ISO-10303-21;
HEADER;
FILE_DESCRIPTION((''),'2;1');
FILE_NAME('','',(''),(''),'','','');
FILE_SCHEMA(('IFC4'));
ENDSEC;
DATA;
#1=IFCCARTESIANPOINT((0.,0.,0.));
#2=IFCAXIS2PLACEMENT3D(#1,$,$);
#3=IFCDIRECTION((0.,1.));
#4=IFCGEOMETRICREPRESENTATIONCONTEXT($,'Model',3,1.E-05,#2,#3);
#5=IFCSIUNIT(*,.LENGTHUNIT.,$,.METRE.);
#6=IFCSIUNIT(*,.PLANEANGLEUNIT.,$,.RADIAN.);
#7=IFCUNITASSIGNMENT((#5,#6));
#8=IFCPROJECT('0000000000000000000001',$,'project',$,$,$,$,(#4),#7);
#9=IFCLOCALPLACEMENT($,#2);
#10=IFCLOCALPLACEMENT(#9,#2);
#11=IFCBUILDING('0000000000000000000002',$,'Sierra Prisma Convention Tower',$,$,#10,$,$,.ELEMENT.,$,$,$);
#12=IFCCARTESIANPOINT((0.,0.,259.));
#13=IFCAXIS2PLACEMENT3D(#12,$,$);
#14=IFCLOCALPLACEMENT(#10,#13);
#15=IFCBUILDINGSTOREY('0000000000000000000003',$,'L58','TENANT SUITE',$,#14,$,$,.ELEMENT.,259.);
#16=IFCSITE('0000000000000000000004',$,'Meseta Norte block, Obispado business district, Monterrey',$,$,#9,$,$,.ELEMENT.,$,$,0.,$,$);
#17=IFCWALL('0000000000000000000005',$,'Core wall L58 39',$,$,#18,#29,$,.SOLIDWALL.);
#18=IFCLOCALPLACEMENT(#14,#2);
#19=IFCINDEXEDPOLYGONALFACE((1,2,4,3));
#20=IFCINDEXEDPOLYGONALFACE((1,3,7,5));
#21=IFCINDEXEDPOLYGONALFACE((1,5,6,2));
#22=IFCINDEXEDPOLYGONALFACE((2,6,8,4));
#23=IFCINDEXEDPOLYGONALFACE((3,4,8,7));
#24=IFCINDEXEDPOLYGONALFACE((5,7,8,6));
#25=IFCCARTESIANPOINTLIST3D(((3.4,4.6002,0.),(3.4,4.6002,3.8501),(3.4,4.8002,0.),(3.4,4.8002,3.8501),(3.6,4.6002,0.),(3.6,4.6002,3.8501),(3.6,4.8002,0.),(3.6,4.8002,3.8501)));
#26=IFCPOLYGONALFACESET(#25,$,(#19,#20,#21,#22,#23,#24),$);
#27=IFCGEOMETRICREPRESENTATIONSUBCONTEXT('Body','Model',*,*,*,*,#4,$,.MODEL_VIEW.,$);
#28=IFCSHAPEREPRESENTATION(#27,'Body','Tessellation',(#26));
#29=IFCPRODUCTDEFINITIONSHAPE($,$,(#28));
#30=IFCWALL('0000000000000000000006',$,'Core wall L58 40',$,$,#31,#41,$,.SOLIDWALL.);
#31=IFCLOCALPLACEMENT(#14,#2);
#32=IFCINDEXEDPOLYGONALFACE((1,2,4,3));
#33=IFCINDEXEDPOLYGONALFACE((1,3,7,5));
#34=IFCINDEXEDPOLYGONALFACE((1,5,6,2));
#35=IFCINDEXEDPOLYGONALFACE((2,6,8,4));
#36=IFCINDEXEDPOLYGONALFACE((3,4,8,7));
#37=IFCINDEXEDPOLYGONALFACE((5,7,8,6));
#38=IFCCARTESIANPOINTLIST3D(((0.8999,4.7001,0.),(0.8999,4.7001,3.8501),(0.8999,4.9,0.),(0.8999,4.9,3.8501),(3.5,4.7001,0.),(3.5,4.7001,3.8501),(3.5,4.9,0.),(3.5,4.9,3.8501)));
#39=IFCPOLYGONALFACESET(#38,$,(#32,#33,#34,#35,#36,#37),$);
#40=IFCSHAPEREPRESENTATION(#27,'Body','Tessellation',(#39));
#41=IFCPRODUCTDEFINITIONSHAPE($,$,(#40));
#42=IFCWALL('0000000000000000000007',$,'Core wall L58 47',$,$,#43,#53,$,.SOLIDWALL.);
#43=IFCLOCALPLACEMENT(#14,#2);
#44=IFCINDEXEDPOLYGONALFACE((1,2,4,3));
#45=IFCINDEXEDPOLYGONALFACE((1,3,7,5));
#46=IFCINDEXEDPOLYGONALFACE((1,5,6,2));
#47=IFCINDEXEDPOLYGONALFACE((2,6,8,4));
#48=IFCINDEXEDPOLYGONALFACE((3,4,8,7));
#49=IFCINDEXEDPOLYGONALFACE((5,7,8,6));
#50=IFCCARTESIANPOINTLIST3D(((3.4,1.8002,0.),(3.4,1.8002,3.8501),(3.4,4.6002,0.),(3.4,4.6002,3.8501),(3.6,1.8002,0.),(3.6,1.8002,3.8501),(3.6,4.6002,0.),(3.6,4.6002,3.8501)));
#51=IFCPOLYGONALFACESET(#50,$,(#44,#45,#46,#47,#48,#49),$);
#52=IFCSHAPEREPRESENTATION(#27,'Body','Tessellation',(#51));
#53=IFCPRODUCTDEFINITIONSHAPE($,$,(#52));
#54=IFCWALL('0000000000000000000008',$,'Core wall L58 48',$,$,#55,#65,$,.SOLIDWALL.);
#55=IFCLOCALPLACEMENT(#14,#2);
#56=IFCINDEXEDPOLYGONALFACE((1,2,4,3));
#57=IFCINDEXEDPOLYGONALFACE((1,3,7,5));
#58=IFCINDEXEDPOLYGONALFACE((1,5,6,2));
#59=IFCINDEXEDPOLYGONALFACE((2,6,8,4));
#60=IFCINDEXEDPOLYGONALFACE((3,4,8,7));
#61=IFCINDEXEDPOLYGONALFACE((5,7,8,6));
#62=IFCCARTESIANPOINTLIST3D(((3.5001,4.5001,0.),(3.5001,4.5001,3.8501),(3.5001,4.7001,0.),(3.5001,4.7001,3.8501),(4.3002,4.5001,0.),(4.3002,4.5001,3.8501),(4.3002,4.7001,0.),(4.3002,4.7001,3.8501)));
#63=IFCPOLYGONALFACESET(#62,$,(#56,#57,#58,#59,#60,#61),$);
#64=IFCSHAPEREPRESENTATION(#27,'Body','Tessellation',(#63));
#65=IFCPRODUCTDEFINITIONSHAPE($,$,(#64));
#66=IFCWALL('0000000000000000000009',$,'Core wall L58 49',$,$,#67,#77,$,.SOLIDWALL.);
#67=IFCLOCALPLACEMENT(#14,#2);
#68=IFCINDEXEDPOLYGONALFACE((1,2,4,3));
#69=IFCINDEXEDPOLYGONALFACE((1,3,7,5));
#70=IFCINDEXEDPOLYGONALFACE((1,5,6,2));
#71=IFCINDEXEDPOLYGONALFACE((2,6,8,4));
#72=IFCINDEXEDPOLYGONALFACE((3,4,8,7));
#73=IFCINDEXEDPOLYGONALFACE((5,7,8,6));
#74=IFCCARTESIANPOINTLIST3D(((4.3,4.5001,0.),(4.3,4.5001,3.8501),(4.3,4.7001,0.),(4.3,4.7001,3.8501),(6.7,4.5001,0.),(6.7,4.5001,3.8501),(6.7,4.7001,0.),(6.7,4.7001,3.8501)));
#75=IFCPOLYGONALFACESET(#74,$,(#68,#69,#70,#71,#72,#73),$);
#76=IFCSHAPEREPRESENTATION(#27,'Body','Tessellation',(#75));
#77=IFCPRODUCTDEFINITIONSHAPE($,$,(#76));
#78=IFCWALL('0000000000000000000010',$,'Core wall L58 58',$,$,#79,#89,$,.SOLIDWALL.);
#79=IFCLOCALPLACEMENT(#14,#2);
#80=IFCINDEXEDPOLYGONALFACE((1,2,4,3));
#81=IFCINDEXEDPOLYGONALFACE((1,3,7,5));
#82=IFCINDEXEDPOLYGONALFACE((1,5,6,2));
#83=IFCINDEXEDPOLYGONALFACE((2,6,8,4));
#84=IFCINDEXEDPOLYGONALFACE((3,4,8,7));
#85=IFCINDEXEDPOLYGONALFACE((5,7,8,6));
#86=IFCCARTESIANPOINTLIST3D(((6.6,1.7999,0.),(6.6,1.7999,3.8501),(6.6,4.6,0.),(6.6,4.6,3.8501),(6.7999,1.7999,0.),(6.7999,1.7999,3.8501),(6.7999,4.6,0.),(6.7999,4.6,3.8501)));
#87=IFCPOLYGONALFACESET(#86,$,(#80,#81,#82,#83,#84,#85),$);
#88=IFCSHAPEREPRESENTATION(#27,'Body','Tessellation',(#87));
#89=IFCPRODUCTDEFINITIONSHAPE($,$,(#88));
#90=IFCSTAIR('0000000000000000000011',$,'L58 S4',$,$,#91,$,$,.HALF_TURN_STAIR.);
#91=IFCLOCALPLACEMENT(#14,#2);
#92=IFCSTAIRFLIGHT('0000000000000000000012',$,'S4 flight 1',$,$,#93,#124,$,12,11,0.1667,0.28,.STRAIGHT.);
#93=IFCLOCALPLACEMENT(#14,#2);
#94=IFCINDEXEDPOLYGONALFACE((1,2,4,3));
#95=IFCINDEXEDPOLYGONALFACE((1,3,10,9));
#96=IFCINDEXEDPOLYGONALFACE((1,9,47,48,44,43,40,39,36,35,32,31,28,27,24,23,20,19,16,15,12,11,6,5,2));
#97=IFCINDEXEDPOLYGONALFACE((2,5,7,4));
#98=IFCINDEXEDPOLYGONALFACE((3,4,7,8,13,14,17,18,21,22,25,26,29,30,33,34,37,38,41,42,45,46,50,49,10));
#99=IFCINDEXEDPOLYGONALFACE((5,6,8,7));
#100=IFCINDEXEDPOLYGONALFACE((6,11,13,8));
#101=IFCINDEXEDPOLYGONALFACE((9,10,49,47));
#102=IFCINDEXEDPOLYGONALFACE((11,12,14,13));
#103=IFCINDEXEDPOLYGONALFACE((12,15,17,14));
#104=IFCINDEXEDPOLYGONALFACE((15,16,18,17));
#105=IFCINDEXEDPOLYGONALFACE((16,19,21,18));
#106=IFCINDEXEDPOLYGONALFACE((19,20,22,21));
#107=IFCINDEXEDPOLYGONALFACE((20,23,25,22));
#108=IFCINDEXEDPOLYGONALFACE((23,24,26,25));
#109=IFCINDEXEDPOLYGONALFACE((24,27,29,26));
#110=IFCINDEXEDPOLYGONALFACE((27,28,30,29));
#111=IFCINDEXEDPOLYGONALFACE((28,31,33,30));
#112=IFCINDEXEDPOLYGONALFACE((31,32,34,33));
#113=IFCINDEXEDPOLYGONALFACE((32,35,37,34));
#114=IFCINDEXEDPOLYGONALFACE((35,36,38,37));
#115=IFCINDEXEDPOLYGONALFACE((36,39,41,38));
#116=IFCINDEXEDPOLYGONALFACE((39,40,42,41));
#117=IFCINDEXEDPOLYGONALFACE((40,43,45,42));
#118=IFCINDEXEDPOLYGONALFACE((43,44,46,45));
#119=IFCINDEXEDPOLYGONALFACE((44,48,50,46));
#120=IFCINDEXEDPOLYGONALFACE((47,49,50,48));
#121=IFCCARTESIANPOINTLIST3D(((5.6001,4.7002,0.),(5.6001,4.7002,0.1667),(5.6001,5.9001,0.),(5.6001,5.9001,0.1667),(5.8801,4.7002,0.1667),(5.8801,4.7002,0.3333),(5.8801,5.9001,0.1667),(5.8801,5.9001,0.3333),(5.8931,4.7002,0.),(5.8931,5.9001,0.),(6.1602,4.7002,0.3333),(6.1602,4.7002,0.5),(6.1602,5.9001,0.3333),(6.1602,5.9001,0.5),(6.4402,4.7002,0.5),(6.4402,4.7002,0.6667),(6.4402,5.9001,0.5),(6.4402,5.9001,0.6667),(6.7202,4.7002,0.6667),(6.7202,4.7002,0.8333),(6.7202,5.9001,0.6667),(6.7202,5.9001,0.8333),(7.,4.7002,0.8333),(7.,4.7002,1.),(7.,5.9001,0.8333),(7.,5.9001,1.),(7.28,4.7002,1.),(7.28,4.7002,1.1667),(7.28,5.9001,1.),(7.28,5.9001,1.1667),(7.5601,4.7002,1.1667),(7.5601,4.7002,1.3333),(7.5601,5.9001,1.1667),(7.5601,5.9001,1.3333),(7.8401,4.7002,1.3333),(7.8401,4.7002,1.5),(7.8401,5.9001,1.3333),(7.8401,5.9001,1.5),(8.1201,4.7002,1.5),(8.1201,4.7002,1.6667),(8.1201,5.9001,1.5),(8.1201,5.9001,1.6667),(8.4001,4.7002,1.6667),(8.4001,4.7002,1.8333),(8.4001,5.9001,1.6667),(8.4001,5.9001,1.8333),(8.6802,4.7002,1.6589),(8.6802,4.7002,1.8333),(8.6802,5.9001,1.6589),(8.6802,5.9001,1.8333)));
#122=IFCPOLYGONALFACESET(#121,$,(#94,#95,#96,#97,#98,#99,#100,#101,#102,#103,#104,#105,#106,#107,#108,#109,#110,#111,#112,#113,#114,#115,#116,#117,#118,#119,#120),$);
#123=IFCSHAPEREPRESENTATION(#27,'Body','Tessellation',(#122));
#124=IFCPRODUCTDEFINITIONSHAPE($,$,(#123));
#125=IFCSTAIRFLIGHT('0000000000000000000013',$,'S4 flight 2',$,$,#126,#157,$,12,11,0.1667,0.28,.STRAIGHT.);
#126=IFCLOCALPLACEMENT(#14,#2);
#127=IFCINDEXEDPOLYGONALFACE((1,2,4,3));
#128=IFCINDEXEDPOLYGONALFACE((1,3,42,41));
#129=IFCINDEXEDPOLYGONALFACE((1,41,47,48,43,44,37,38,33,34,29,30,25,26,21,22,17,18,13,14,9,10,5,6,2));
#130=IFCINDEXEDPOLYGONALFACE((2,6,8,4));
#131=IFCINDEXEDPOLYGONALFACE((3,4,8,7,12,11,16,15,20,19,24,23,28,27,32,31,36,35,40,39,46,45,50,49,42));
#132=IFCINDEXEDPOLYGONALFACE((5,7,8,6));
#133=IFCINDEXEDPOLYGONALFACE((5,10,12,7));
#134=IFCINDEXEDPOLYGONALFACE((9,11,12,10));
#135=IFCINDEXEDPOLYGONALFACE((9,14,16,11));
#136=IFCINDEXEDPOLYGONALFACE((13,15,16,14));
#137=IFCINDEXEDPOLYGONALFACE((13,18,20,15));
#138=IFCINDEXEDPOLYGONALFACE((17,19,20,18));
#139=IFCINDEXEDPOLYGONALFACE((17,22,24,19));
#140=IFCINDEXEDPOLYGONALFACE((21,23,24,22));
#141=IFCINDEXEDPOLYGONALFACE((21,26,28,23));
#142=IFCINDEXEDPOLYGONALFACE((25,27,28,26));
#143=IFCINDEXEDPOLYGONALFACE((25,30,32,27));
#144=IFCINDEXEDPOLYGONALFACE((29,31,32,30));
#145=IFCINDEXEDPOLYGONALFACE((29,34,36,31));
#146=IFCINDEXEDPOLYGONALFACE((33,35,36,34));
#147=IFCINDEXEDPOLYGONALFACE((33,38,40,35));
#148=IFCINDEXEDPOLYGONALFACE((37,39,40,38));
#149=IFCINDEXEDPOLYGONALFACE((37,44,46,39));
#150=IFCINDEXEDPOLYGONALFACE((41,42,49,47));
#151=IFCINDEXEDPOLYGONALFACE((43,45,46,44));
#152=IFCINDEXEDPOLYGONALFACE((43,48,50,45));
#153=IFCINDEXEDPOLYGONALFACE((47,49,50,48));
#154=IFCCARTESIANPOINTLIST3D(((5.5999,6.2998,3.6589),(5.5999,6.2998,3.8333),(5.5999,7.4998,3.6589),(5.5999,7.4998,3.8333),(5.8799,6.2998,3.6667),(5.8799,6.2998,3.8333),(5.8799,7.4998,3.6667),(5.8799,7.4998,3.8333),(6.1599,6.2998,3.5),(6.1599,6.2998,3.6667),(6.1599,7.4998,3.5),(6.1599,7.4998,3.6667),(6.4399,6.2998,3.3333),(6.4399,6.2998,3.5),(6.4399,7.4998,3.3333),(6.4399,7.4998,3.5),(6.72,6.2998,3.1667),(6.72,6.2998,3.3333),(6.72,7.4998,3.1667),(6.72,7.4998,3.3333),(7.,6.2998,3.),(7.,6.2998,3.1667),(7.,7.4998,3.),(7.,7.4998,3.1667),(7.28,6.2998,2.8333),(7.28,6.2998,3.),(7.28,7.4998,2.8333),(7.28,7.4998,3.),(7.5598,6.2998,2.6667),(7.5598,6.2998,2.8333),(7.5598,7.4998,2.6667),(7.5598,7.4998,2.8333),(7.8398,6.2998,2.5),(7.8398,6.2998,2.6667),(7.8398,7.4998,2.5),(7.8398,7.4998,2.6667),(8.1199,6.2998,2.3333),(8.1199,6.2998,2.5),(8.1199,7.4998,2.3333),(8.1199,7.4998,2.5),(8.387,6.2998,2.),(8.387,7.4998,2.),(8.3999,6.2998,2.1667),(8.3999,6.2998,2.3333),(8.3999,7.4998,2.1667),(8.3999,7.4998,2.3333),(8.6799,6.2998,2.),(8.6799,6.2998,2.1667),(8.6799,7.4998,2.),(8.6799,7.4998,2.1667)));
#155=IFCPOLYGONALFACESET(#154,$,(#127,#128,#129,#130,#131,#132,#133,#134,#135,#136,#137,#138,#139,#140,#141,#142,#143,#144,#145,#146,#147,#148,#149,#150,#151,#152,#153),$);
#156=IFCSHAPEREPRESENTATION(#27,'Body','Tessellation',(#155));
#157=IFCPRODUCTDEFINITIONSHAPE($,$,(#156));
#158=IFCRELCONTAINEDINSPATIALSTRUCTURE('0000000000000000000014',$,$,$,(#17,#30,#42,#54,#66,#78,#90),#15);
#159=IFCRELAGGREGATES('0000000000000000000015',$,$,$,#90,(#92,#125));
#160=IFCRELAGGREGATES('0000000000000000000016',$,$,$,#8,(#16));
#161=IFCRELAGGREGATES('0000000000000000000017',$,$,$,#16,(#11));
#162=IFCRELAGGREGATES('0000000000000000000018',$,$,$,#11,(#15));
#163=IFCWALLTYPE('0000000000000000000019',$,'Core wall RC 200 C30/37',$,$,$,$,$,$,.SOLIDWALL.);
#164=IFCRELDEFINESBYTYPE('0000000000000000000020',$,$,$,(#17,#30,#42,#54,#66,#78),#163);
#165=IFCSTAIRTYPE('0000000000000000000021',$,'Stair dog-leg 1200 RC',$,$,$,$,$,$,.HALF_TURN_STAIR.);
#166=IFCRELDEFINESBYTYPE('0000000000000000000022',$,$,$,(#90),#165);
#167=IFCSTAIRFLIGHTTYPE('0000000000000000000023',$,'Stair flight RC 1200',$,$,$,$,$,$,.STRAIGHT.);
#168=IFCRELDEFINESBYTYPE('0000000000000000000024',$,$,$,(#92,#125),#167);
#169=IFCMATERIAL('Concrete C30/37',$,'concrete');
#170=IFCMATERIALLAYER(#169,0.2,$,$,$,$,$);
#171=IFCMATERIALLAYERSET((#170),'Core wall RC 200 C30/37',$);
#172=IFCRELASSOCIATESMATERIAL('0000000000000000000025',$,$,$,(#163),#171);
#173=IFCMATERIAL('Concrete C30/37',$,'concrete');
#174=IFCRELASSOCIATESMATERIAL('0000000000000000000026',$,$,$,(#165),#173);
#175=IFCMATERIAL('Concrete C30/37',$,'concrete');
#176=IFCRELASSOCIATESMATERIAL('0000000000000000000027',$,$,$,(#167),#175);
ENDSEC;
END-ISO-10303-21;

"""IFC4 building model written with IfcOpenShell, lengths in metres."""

from ifc_helpers import new_model, si_unit, direction, frame, frame_2d, origin, place, context, subcontext, project, spatial, polyline, rectangle, outline, extrude, material, layer, layer_set, type_object, element, aggregate, save


model = new_model("IFC4")

# Units and contexts
model_context = context("Model", 3, precision=1e-05, world=origin(), true_north=direction((0.0, 1.0)))
body_context = subcontext(model_context, "Body", "Model", "MODEL_VIEW")
ifc_project = project(units=[si_unit("LENGTHUNIT", "METRE"), si_unit("PLANEANGLEUNIT", "RADIAN")], contexts=[model_context])

# Site, building, storey
site_placement = place(None, origin())
site = spatial("IfcSite", under=ifc_project, at=site_placement, Name="Meseta Norte block, Obispado business district, Monterrey", CompositionType="ELEMENT", RefElevation=0.0)
building_placement = place(site_placement, origin())
building = spatial("IfcBuilding", under=site, at=building_placement, Name="Sierra Prisma Convention Tower", CompositionType="ELEMENT")
storey_placement = place(building_placement, frame((0.0, 0.0, 259.0)))
storey = spatial("IfcBuildingStorey", under=building, at=storey_placement, Name="L58", Description="TENANT SUITE", CompositionType="ELEMENT", Elevation=259.0)

# Walls
ifc_material_1 = material(Name="Concrete C30/37", Category="concrete")
ifc_layer = layer(ifc_material_1, 0.2)
ifc_layer_set = layer_set([ifc_layer], Name="Core wall RC 200 C30/37")
wall_type = type_object("IfcWallType", Name="Core wall RC 200 C30/37", PredefinedType="SOLIDWALL", material=ifc_layer_set)
wall_1_placement = place(storey_placement, frame((3.5, 4.6001, 0.0), z_axis=(0.0, 0.0, 1.0), x_axis=(0.0, 1.0, 0.0)))
element("IfcWall", 1, at=wall_1_placement, inside=storey, type_object=wall_type, Name="Core wall L58 39", PredefinedType="SOLIDWALL", context=body_context, shape_type="SweptSolid", body=[
    extrude(rectangle(XDim=0.2, YDim=0.2, at=frame_2d((0.1001, 0.0))), origin(), (0.0, 0.0, 1.0), 3.8501),
])
wall_2_placement = place(storey_placement, frame((3.5, 4.8, 0.0), z_axis=(0.0, 0.0, 1.0), x_axis=(-1.0, 0.0, 0.0)))
element("IfcWall", 2, at=wall_2_placement, inside=storey, type_object=wall_type, Name="Core wall L58 40", PredefinedType="SOLIDWALL", context=body_context, shape_type="SweptSolid", body=[
    extrude(rectangle(XDim=2.6001, YDim=0.2, at=frame_2d((1.3, 0.0))), origin(), (0.0, 0.0, 1.0), 3.8501),
])

# Walls
wall_3_placement = place(storey_placement, frame((3.5, 4.6001, 0.0), z_axis=(0.0, 0.0, 1.0), x_axis=(0.0, -1.0, 0.0)))
element("IfcWall", 3, at=wall_3_placement, inside=storey, type_object=wall_type, Name="Core wall L58 47", PredefinedType="SOLIDWALL", context=body_context, shape_type="SweptSolid", body=[
    extrude(rectangle(XDim=2.8, YDim=0.2, at=frame_2d((1.3999, 0.0))), origin(), (0.0, 0.0, 1.0), 3.8501),
])
wall_4_placement = place(storey_placement, frame((4.3, 4.6001, 0.0), z_axis=(0.0, 0.0, 1.0), x_axis=(-1.0, 0.0, 0.0)))
element("IfcWall", 4, at=wall_4_placement, inside=storey, type_object=wall_type, Name="Core wall L58 48", PredefinedType="SOLIDWALL", context=body_context, shape_type="SweptSolid", body=[
    extrude(rectangle(XDim=0.8, YDim=0.2, at=frame_2d((0.3999, 0.0))), origin(), (0.0, 0.0, 1.0), 3.8501),
])
wall_5_placement = place(storey_placement, frame((6.7, 4.6001, 0.0), z_axis=(0.0, 0.0, 1.0), x_axis=(-1.0, 0.0, 0.0)))
element("IfcWall", 5, at=wall_5_placement, inside=storey, type_object=wall_type, Name="Core wall L58 49", PredefinedType="SOLIDWALL", context=body_context, shape_type="SweptSolid", body=[
    extrude(rectangle(XDim=2.3999, YDim=0.2, at=frame_2d((1.2, 0.0))), origin(), (0.0, 0.0, 1.0), 3.8501),
])

# Wall
wall_6_placement = place(storey_placement, frame((6.7, 1.8, 0.0), z_axis=(0.0, 0.0, 1.0), x_axis=(0.0, 1.0, 0.0)))
element("IfcWall", 6, at=wall_6_placement, inside=storey, type_object=wall_type, Name="Core wall L58 58", PredefinedType="SOLIDWALL", context=body_context, shape_type="SweptSolid", body=[
    extrude(rectangle(XDim=2.8, YDim=0.2, at=frame_2d((1.3999, 0.0))), origin(), (0.0, 0.0, 1.0), 3.8501),
])

# Stair, stair flights
ifc_material_2 = material(Name="Concrete C30/37", Category="concrete")
stair_type = type_object("IfcStairType", Name="Stair dog-leg 1200 RC", PredefinedType="HALF_TURN_STAIR", material=ifc_material_2)
stair_placement = place(storey_placement, origin())
stair = element("IfcStair", 7, at=stair_placement, inside=storey, type_object=stair_type, Name="L58 S4", PredefinedType="HALF_TURN_STAIR")
ifc_material_3 = material(Name="Concrete C30/37", Category="concrete")
stair_flight_type = type_object("IfcStairFlightType", Name="Stair flight RC 1200", PredefinedType="STRAIGHT", material=ifc_material_3)
stair_flight_1_placement = place(storey_placement, frame((5.6001, 5.3, 0.0), z_axis=(0.0, 0.0, 1.0), x_axis=(1.0, 0.0, 0.0)))
stair_flight_1 = element("IfcStairFlight", 8, at=stair_flight_1_placement, type_object=stair_flight_type, Name="S4 flight 1", NumberOfRisers=12, NumberOfTreads=11, PredefinedType="STRAIGHT", RiserHeight=0.1667, TreadLength=0.28, context=body_context, shape_type="SweptSolid", body=[
    extrude(outline(polyline([(0.0, 0.0), (0.0, 0.1667), (0.28, 0.1667), (0.28, 0.3333), (0.5601, 0.3333), (0.5601, 0.5), (0.8401, 0.5), (0.8401, 0.6667), (1.1201, 0.6667), (1.1201, 0.8333), (1.3999, 0.8333), (1.3999, 1.0), (1.6799, 1.0), (1.6799, 1.1667), (1.96, 1.1667), (1.96, 1.3333), (2.24, 1.3333), (2.24, 1.5), (2.52, 1.5), (2.52, 1.6667), (2.8, 1.6667), (2.8, 1.8333), (3.0801, 1.8333), (3.0801, 2.0), (3.0801, 1.6589), (0.293, 0.0), (0.0, 0.0)])), frame((0.0, 0.6001, 0.0), z_axis=(0.0, -1.0, 0.0), x_axis=(1.0, 0.0, 0.0)), (0.0, 0.0, 1.0), 1.2),
])
stair_flight_2_placement = place(storey_placement, frame((8.6799, 6.8999, 2.0), z_axis=(0.0, 0.0, 1.0), x_axis=(-1.0, 0.0, 0.0)))
stair_flight_2 = element("IfcStairFlight", 9, at=stair_flight_2_placement, type_object=stair_flight_type, Name="S4 flight 2", NumberOfRisers=12, NumberOfTreads=11, PredefinedType="STRAIGHT", RiserHeight=0.1667, TreadLength=0.28, context=body_context, shape_type="SweptSolid", body=[
    extrude(outline(polyline([(0.0, 0.0), (0.0, 0.1667), (0.28, 0.1667), (0.28, 0.3333), (0.5601, 0.3333), (0.5601, 0.5), (0.8401, 0.5), (0.8401, 0.6667), (1.1201, 0.6667), (1.1201, 0.8333), (1.3999, 0.8333), (1.3999, 1.0), (1.6799, 1.0), (1.6799, 1.1667), (1.96, 1.1667), (1.96, 1.3333), (2.24, 1.3333), (2.24, 1.5), (2.52, 1.5), (2.52, 1.6667), (2.8, 1.6667), (2.8, 1.8333), (3.0801, 1.8333), (3.0801, 2.0), (3.0801, 1.6589), (0.293, 0.0), (0.0, 0.0)])), frame((0.0, 0.6001, 0.0), z_axis=(0.0, -1.0, 0.0), x_axis=(1.0, 0.0, 0.0)), (0.0, 0.0, 1.0), 1.2),
])
aggregate(stair, [stair_flight_1, stair_flight_2])

save(model, "model.ifc")
